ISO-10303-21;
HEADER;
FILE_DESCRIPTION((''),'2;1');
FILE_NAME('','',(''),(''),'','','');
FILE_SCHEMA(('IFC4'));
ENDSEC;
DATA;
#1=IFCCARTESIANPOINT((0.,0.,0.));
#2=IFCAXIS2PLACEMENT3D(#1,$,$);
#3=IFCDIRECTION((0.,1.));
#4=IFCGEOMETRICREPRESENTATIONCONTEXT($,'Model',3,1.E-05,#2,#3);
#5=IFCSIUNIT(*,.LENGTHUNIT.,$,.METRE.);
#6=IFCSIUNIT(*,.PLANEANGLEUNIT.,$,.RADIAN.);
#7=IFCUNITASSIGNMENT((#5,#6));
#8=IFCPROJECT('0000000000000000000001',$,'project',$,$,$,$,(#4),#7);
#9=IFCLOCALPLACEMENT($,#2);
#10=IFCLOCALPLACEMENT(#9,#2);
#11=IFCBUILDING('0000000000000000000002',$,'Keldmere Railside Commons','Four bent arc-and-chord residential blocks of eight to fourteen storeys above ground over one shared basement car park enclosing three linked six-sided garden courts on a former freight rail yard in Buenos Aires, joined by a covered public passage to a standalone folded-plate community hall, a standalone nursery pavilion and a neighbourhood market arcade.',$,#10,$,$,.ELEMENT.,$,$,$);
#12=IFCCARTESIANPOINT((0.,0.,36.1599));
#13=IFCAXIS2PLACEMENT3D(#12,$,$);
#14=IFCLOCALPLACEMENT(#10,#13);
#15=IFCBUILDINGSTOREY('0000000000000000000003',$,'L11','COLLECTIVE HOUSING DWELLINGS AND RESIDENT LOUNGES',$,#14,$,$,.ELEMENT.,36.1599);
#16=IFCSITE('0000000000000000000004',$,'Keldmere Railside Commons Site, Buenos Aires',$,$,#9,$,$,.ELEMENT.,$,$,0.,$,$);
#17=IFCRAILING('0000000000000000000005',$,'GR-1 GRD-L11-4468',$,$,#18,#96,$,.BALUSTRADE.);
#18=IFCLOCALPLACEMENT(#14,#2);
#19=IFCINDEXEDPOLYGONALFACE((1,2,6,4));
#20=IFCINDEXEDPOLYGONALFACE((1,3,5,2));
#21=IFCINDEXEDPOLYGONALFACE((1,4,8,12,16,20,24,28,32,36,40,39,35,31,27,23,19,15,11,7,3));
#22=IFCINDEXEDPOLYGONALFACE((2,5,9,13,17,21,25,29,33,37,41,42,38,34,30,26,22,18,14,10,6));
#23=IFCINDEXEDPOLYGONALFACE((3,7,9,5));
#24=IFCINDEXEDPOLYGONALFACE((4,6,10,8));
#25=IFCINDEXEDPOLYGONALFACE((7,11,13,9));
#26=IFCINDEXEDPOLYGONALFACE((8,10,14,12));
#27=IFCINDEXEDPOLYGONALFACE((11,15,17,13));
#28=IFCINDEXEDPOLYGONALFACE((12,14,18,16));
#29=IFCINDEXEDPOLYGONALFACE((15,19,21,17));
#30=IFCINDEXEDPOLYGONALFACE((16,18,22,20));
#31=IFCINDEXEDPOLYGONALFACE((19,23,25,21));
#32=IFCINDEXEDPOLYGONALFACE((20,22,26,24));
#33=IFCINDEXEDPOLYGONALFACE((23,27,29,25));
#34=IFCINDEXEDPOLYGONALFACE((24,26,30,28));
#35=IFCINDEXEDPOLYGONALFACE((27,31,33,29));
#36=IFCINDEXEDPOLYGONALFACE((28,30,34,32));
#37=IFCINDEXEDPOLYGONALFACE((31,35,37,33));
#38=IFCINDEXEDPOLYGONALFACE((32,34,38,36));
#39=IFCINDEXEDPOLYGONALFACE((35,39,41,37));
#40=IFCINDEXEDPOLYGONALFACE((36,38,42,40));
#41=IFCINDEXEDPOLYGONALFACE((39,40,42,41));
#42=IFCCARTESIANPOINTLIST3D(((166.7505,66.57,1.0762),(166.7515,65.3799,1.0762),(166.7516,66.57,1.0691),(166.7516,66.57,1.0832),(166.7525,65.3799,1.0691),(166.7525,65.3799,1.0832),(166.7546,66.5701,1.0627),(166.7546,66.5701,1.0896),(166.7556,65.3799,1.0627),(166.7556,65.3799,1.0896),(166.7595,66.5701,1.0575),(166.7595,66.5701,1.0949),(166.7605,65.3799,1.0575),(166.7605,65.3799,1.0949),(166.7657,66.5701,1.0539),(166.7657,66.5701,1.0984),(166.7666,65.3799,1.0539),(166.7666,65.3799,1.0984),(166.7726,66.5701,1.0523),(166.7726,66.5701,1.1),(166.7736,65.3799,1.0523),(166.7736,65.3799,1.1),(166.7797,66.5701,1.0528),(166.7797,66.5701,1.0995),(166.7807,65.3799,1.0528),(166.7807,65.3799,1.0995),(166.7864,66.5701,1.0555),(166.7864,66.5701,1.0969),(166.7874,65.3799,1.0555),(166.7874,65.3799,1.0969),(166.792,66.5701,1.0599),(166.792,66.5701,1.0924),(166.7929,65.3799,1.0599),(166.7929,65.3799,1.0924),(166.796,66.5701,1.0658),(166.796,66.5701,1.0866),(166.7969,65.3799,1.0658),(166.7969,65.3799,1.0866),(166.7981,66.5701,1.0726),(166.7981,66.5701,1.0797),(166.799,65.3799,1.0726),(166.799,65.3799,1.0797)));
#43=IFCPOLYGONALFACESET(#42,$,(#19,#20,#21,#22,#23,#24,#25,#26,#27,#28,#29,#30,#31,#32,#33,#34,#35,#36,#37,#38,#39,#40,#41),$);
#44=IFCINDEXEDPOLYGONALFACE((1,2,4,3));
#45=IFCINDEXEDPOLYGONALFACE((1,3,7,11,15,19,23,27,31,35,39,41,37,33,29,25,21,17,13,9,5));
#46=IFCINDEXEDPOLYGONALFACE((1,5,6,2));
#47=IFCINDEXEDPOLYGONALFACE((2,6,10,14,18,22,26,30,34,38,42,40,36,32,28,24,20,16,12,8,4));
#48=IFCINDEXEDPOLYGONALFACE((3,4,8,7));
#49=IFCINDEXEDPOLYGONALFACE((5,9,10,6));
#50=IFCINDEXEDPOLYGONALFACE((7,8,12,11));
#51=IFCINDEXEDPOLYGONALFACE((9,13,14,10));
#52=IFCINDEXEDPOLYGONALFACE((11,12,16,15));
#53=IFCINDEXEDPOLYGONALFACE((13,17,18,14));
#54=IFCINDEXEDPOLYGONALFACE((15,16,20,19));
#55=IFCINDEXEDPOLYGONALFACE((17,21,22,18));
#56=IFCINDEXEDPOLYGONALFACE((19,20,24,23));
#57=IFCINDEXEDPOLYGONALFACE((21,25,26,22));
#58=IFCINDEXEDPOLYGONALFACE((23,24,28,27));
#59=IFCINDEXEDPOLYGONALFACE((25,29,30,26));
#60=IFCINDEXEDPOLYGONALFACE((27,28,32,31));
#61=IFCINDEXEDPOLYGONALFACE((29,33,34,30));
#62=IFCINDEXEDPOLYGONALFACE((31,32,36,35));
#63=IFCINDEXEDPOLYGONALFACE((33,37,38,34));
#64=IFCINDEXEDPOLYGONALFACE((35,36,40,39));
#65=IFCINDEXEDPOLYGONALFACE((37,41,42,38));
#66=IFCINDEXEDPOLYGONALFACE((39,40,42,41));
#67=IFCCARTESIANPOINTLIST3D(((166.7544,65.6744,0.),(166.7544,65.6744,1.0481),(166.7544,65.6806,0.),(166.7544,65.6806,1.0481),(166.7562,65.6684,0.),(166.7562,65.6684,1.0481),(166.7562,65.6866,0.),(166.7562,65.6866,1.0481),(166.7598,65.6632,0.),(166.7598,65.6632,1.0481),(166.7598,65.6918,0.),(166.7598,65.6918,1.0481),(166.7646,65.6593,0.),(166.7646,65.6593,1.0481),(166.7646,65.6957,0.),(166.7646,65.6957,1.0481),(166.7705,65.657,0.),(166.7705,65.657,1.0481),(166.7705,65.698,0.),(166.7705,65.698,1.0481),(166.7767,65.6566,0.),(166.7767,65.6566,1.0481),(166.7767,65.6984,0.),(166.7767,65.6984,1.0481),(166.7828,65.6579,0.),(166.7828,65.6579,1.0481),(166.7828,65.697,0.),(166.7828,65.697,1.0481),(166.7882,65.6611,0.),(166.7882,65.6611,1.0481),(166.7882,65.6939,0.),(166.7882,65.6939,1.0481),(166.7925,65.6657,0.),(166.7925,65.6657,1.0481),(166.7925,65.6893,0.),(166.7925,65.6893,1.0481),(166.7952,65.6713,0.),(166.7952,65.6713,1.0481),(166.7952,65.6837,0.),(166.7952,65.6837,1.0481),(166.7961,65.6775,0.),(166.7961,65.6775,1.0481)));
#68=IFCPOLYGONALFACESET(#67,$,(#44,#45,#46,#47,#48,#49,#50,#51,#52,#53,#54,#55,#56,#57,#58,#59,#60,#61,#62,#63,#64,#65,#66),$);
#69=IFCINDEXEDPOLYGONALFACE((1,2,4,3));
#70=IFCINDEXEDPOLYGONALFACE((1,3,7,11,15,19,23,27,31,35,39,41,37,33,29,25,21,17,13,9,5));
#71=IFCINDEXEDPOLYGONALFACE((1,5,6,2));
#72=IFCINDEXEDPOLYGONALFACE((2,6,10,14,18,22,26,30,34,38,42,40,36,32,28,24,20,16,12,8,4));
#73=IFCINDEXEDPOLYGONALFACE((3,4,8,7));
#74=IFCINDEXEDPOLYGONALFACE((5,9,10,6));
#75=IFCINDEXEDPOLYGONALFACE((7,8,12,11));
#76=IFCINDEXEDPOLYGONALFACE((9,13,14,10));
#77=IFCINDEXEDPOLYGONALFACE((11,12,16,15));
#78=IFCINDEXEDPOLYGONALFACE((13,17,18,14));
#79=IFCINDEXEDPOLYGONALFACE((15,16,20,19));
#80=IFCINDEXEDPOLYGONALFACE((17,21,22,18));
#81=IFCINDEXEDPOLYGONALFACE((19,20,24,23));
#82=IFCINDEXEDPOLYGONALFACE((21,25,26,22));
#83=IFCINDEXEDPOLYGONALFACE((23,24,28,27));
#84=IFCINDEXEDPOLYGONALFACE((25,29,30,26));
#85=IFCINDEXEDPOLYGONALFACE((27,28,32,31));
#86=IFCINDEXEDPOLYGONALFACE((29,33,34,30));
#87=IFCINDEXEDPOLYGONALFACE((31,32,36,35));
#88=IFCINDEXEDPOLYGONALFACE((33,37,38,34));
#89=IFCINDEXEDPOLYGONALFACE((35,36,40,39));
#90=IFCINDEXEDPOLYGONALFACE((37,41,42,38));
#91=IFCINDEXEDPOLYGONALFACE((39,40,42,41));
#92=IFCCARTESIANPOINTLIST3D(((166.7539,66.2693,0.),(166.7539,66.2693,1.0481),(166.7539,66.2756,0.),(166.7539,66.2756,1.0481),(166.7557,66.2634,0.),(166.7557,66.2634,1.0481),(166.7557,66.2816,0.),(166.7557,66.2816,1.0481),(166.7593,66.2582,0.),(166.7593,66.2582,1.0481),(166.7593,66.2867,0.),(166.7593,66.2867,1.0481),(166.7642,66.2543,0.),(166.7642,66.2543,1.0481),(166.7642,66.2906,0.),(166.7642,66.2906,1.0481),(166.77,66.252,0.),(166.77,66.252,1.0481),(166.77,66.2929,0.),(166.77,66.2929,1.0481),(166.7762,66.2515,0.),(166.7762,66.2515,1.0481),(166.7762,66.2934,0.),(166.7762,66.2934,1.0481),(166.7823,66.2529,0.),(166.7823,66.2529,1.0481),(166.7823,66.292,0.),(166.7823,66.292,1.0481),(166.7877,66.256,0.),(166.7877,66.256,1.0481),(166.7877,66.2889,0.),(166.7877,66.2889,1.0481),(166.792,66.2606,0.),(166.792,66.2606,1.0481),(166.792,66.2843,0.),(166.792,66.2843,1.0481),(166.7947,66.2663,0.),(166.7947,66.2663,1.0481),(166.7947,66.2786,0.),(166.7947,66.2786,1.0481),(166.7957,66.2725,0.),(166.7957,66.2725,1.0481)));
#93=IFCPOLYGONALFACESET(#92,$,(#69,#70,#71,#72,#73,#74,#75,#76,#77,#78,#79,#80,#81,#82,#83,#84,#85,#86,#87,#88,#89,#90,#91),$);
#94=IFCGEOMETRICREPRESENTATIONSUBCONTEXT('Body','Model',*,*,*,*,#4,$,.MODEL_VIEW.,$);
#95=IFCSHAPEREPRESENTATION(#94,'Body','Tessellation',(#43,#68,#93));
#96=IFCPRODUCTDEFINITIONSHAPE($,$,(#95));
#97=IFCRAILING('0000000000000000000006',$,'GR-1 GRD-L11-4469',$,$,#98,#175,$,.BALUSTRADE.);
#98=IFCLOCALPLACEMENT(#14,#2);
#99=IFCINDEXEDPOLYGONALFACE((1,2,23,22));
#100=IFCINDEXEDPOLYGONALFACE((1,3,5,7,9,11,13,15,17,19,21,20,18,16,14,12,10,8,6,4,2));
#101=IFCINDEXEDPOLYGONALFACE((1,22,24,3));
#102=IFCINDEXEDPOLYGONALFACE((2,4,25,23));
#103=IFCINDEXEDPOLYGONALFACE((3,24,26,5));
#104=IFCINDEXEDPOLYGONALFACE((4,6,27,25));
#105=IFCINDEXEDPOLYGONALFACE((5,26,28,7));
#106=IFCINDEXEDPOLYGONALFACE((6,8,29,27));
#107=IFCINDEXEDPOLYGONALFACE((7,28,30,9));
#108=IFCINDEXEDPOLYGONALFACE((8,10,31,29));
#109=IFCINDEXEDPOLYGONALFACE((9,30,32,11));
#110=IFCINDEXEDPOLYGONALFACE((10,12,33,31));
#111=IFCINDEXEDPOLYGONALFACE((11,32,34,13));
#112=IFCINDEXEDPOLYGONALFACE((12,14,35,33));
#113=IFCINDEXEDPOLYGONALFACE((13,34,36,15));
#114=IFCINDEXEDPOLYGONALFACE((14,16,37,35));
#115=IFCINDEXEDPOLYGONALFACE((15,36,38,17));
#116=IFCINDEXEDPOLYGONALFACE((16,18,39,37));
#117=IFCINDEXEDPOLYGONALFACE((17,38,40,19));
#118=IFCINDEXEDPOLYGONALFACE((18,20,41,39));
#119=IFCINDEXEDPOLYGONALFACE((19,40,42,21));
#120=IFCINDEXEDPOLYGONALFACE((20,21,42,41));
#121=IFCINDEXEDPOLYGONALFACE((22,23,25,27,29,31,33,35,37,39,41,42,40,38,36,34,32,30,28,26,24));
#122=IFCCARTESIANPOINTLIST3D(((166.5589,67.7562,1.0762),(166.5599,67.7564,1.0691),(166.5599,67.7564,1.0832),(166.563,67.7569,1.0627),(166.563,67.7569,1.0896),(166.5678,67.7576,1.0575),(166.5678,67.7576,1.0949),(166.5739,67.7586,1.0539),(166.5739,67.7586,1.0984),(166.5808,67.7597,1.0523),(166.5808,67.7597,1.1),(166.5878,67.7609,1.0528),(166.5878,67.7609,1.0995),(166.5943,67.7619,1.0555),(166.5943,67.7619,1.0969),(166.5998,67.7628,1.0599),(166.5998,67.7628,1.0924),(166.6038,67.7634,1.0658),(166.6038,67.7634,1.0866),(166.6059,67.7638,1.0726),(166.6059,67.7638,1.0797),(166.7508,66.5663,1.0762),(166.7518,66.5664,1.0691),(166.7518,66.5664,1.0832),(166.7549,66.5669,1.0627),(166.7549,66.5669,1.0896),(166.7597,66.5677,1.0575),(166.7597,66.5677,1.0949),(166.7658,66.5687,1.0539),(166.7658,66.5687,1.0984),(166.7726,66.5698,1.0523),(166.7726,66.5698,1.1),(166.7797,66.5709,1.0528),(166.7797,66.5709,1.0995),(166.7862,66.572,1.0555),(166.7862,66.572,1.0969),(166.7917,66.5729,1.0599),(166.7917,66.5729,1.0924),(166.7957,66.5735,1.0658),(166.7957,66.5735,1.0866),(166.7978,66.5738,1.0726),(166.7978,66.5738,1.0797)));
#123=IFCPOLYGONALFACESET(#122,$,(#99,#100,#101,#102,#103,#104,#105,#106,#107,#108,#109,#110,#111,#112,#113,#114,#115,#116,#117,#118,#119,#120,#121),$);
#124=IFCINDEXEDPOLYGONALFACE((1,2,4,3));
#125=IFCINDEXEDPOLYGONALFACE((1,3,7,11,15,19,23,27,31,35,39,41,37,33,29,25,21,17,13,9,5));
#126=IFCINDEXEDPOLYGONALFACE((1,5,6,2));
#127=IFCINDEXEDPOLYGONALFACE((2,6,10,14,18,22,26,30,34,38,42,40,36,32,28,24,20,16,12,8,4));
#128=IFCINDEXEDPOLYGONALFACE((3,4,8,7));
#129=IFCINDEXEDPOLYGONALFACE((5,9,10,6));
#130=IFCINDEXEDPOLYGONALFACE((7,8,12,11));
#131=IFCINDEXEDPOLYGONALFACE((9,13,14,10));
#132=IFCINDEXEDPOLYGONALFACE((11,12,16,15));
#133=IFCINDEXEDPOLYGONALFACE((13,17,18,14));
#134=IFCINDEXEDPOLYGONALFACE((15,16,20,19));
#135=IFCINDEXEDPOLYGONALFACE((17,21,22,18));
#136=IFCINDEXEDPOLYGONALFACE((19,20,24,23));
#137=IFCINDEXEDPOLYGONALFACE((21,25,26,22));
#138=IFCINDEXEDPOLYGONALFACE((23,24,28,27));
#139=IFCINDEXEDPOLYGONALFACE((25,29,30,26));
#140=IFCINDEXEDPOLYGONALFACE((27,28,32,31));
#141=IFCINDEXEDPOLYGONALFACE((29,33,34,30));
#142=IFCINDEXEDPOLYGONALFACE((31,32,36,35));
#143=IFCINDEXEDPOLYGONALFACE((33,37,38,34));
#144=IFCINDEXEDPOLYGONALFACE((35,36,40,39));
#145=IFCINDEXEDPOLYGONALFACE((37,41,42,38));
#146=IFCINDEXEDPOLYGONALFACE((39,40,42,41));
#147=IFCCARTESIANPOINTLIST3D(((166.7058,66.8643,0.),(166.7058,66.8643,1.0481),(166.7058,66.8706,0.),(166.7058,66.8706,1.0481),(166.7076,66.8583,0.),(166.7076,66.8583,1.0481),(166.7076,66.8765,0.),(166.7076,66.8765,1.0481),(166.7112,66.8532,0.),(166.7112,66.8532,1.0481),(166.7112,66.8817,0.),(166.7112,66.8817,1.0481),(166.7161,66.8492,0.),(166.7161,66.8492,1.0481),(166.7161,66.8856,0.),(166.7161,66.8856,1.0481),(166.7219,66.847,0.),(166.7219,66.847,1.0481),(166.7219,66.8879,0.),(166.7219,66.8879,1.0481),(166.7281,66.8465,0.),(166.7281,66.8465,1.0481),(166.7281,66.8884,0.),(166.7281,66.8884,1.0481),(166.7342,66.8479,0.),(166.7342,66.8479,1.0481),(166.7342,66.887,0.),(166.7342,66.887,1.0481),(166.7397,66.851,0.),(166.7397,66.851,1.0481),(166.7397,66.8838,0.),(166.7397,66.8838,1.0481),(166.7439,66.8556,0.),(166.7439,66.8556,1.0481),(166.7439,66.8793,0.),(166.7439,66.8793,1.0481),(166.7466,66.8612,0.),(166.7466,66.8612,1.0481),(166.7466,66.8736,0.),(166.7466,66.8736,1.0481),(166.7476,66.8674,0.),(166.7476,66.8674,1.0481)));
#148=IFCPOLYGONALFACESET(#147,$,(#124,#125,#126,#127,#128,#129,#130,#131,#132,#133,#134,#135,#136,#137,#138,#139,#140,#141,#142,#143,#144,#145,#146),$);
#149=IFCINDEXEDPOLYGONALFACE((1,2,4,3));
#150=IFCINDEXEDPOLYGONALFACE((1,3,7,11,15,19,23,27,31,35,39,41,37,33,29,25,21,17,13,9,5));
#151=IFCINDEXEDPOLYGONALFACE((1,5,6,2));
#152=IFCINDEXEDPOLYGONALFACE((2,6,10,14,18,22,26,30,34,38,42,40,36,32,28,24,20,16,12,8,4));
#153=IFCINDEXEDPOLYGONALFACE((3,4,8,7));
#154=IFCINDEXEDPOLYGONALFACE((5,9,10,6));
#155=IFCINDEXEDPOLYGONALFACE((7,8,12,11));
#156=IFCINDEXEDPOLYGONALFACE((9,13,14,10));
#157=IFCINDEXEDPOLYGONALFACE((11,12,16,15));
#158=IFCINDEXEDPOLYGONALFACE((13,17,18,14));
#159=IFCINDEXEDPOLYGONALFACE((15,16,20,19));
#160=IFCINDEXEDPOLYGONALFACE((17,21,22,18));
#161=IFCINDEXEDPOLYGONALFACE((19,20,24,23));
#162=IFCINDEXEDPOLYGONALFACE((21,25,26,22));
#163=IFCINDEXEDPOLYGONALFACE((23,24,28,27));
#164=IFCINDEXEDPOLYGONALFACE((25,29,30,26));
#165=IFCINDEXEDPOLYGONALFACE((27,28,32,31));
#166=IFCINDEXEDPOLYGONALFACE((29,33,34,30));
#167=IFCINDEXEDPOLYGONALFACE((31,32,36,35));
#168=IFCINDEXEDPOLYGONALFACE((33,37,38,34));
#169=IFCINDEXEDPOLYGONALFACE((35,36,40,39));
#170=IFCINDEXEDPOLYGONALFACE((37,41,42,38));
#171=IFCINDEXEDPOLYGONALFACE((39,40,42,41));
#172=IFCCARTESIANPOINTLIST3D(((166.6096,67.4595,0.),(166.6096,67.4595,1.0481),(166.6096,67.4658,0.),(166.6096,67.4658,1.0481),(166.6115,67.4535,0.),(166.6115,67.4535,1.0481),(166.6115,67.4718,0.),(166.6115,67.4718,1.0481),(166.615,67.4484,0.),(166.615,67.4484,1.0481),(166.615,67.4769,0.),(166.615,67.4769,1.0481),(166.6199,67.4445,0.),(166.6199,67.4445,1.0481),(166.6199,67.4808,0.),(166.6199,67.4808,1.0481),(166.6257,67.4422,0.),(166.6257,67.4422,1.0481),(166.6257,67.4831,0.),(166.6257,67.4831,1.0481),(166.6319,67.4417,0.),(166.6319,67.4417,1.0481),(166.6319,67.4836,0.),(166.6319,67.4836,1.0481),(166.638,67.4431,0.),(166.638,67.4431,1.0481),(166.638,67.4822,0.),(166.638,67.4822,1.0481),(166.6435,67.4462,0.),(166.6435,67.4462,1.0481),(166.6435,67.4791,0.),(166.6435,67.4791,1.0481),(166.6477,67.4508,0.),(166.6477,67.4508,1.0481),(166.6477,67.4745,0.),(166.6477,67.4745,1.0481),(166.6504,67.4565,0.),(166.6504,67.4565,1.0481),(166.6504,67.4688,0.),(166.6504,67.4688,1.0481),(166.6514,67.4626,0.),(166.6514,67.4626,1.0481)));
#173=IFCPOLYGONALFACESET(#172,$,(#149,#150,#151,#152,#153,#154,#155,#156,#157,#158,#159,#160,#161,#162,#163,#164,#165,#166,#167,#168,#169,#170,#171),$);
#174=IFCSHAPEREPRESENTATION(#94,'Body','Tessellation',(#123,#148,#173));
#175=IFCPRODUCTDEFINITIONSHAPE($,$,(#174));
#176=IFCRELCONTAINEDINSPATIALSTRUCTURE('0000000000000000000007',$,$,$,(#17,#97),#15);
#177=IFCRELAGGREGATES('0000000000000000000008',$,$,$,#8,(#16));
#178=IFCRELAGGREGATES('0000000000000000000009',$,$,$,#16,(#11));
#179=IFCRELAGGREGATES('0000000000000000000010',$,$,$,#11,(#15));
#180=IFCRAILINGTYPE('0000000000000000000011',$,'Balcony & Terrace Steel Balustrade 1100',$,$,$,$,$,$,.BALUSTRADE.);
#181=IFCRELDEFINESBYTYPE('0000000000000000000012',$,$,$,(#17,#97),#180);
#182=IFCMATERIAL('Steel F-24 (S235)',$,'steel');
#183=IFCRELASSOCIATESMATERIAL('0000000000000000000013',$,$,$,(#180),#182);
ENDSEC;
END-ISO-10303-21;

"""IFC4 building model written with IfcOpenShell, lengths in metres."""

from ifc_helpers import new_model, si_unit, direction, frame, origin, origin_2d, place, context, subcontext, project, spatial, circle, extrude, material, type_object, element, save


model = new_model("IFC4")

# Units and contexts
model_context = context("Model", 3, precision=1e-05, world=origin(), true_north=direction((0.0, 1.0)))
body_context = subcontext(model_context, "Body", "Model", "MODEL_VIEW")
ifc_project = project(units=[si_unit("LENGTHUNIT", "METRE"), si_unit("PLANEANGLEUNIT", "RADIAN")], contexts=[model_context])

# Site, building, storey
site_placement = place(None, origin())
site = spatial("IfcSite", under=ifc_project, at=site_placement, Name="Keldmere Railside Commons Site, Buenos Aires", CompositionType="ELEMENT", RefElevation=0.0)
building_placement = place(site_placement, origin())
building = spatial("IfcBuilding", under=site, at=building_placement, Name="Keldmere Railside Commons", Description="Four bent arc-and-chord residential blocks of eight to fourteen storeys above ground over one shared basement car park enclosing three linked six-sided garden courts on a former freight rail yard in Buenos Aires, joined by a covered public passage to a standalone folded-plate community hall, a standalone nursery pavilion and a neighbourhood market arcade.", CompositionType="ELEMENT")
storey_placement = place(building_placement, frame((0.0, 0.0, 36.1599)))
storey = spatial("IfcBuildingStorey", under=building, at=storey_placement, Name="L11", Description="COLLECTIVE HOUSING DWELLINGS AND RESIDENT LOUNGES", CompositionType="ELEMENT", Elevation=36.1599)

# Railings
ifc_material_1 = material(Name="Steel F-24 (S235)", Category="steel")
railing_type = type_object("IfcRailingType", Name="Balcony & Terrace Steel Balustrade 1100", PredefinedType="BALUSTRADE", material=ifc_material_1)
railing_1_placement = place(storey_placement, frame((166.7754, 65.3799, 0.0)))
element("IfcRailing", 1, at=railing_1_placement, inside=storey, type_object=railing_type, Name="GR-1 GRD-L11-4468", PredefinedType="BALUSTRADE", context=body_context, shape_type="SweptSolid", body=[
    extrude(circle(Radius=0.0239, at=origin_2d()), frame((0.0, 0.0, 1.0762), z_axis=(-0.000821, 1.0, 0.0), x_axis=(-1.0, -0.000821, 0.0)), (0.0, 0.0, 1.0), 1.1902),
    extrude(circle(Radius=0.021, at=origin_2d()), frame((-0.0002, 0.2976, 0.0)), (0.0, 0.0, 1.0), 1.0481),
    extrude(circle(Radius=0.021, at=origin_2d()), frame((-0.0007, 0.8926, 0.0)), (0.0, 0.0, 1.0), 1.0481),
])
railing_2_placement = place(storey_placement, frame((166.7744, 66.5701, 0.0)))
element("IfcRailing", 2, at=railing_2_placement, inside=storey, type_object=railing_type, Name="GR-1 GRD-L11-4469", PredefinedType="BALUSTRADE", context=body_context, shape_type="SweptSolid", body=[
    extrude(circle(Radius=0.0239, at=origin_2d()), frame((0.0, 0.0, 1.0762), z_axis=(-0.159207, 0.987245, 0.0), x_axis=(-0.987245, -0.159207, 0.0)), (0.0, 0.0, 1.0), 1.2053),
    extrude(circle(Radius=0.021, at=origin_2d()), frame((-0.0479, 0.2974, 0.0)), (0.0, 0.0, 1.0), 1.0481),
    extrude(circle(Radius=0.021, at=origin_2d()), frame((-0.144, 0.8926, 0.0)), (0.0, 0.0, 1.0), 1.0481),
])

save(model, "model.ifc")
